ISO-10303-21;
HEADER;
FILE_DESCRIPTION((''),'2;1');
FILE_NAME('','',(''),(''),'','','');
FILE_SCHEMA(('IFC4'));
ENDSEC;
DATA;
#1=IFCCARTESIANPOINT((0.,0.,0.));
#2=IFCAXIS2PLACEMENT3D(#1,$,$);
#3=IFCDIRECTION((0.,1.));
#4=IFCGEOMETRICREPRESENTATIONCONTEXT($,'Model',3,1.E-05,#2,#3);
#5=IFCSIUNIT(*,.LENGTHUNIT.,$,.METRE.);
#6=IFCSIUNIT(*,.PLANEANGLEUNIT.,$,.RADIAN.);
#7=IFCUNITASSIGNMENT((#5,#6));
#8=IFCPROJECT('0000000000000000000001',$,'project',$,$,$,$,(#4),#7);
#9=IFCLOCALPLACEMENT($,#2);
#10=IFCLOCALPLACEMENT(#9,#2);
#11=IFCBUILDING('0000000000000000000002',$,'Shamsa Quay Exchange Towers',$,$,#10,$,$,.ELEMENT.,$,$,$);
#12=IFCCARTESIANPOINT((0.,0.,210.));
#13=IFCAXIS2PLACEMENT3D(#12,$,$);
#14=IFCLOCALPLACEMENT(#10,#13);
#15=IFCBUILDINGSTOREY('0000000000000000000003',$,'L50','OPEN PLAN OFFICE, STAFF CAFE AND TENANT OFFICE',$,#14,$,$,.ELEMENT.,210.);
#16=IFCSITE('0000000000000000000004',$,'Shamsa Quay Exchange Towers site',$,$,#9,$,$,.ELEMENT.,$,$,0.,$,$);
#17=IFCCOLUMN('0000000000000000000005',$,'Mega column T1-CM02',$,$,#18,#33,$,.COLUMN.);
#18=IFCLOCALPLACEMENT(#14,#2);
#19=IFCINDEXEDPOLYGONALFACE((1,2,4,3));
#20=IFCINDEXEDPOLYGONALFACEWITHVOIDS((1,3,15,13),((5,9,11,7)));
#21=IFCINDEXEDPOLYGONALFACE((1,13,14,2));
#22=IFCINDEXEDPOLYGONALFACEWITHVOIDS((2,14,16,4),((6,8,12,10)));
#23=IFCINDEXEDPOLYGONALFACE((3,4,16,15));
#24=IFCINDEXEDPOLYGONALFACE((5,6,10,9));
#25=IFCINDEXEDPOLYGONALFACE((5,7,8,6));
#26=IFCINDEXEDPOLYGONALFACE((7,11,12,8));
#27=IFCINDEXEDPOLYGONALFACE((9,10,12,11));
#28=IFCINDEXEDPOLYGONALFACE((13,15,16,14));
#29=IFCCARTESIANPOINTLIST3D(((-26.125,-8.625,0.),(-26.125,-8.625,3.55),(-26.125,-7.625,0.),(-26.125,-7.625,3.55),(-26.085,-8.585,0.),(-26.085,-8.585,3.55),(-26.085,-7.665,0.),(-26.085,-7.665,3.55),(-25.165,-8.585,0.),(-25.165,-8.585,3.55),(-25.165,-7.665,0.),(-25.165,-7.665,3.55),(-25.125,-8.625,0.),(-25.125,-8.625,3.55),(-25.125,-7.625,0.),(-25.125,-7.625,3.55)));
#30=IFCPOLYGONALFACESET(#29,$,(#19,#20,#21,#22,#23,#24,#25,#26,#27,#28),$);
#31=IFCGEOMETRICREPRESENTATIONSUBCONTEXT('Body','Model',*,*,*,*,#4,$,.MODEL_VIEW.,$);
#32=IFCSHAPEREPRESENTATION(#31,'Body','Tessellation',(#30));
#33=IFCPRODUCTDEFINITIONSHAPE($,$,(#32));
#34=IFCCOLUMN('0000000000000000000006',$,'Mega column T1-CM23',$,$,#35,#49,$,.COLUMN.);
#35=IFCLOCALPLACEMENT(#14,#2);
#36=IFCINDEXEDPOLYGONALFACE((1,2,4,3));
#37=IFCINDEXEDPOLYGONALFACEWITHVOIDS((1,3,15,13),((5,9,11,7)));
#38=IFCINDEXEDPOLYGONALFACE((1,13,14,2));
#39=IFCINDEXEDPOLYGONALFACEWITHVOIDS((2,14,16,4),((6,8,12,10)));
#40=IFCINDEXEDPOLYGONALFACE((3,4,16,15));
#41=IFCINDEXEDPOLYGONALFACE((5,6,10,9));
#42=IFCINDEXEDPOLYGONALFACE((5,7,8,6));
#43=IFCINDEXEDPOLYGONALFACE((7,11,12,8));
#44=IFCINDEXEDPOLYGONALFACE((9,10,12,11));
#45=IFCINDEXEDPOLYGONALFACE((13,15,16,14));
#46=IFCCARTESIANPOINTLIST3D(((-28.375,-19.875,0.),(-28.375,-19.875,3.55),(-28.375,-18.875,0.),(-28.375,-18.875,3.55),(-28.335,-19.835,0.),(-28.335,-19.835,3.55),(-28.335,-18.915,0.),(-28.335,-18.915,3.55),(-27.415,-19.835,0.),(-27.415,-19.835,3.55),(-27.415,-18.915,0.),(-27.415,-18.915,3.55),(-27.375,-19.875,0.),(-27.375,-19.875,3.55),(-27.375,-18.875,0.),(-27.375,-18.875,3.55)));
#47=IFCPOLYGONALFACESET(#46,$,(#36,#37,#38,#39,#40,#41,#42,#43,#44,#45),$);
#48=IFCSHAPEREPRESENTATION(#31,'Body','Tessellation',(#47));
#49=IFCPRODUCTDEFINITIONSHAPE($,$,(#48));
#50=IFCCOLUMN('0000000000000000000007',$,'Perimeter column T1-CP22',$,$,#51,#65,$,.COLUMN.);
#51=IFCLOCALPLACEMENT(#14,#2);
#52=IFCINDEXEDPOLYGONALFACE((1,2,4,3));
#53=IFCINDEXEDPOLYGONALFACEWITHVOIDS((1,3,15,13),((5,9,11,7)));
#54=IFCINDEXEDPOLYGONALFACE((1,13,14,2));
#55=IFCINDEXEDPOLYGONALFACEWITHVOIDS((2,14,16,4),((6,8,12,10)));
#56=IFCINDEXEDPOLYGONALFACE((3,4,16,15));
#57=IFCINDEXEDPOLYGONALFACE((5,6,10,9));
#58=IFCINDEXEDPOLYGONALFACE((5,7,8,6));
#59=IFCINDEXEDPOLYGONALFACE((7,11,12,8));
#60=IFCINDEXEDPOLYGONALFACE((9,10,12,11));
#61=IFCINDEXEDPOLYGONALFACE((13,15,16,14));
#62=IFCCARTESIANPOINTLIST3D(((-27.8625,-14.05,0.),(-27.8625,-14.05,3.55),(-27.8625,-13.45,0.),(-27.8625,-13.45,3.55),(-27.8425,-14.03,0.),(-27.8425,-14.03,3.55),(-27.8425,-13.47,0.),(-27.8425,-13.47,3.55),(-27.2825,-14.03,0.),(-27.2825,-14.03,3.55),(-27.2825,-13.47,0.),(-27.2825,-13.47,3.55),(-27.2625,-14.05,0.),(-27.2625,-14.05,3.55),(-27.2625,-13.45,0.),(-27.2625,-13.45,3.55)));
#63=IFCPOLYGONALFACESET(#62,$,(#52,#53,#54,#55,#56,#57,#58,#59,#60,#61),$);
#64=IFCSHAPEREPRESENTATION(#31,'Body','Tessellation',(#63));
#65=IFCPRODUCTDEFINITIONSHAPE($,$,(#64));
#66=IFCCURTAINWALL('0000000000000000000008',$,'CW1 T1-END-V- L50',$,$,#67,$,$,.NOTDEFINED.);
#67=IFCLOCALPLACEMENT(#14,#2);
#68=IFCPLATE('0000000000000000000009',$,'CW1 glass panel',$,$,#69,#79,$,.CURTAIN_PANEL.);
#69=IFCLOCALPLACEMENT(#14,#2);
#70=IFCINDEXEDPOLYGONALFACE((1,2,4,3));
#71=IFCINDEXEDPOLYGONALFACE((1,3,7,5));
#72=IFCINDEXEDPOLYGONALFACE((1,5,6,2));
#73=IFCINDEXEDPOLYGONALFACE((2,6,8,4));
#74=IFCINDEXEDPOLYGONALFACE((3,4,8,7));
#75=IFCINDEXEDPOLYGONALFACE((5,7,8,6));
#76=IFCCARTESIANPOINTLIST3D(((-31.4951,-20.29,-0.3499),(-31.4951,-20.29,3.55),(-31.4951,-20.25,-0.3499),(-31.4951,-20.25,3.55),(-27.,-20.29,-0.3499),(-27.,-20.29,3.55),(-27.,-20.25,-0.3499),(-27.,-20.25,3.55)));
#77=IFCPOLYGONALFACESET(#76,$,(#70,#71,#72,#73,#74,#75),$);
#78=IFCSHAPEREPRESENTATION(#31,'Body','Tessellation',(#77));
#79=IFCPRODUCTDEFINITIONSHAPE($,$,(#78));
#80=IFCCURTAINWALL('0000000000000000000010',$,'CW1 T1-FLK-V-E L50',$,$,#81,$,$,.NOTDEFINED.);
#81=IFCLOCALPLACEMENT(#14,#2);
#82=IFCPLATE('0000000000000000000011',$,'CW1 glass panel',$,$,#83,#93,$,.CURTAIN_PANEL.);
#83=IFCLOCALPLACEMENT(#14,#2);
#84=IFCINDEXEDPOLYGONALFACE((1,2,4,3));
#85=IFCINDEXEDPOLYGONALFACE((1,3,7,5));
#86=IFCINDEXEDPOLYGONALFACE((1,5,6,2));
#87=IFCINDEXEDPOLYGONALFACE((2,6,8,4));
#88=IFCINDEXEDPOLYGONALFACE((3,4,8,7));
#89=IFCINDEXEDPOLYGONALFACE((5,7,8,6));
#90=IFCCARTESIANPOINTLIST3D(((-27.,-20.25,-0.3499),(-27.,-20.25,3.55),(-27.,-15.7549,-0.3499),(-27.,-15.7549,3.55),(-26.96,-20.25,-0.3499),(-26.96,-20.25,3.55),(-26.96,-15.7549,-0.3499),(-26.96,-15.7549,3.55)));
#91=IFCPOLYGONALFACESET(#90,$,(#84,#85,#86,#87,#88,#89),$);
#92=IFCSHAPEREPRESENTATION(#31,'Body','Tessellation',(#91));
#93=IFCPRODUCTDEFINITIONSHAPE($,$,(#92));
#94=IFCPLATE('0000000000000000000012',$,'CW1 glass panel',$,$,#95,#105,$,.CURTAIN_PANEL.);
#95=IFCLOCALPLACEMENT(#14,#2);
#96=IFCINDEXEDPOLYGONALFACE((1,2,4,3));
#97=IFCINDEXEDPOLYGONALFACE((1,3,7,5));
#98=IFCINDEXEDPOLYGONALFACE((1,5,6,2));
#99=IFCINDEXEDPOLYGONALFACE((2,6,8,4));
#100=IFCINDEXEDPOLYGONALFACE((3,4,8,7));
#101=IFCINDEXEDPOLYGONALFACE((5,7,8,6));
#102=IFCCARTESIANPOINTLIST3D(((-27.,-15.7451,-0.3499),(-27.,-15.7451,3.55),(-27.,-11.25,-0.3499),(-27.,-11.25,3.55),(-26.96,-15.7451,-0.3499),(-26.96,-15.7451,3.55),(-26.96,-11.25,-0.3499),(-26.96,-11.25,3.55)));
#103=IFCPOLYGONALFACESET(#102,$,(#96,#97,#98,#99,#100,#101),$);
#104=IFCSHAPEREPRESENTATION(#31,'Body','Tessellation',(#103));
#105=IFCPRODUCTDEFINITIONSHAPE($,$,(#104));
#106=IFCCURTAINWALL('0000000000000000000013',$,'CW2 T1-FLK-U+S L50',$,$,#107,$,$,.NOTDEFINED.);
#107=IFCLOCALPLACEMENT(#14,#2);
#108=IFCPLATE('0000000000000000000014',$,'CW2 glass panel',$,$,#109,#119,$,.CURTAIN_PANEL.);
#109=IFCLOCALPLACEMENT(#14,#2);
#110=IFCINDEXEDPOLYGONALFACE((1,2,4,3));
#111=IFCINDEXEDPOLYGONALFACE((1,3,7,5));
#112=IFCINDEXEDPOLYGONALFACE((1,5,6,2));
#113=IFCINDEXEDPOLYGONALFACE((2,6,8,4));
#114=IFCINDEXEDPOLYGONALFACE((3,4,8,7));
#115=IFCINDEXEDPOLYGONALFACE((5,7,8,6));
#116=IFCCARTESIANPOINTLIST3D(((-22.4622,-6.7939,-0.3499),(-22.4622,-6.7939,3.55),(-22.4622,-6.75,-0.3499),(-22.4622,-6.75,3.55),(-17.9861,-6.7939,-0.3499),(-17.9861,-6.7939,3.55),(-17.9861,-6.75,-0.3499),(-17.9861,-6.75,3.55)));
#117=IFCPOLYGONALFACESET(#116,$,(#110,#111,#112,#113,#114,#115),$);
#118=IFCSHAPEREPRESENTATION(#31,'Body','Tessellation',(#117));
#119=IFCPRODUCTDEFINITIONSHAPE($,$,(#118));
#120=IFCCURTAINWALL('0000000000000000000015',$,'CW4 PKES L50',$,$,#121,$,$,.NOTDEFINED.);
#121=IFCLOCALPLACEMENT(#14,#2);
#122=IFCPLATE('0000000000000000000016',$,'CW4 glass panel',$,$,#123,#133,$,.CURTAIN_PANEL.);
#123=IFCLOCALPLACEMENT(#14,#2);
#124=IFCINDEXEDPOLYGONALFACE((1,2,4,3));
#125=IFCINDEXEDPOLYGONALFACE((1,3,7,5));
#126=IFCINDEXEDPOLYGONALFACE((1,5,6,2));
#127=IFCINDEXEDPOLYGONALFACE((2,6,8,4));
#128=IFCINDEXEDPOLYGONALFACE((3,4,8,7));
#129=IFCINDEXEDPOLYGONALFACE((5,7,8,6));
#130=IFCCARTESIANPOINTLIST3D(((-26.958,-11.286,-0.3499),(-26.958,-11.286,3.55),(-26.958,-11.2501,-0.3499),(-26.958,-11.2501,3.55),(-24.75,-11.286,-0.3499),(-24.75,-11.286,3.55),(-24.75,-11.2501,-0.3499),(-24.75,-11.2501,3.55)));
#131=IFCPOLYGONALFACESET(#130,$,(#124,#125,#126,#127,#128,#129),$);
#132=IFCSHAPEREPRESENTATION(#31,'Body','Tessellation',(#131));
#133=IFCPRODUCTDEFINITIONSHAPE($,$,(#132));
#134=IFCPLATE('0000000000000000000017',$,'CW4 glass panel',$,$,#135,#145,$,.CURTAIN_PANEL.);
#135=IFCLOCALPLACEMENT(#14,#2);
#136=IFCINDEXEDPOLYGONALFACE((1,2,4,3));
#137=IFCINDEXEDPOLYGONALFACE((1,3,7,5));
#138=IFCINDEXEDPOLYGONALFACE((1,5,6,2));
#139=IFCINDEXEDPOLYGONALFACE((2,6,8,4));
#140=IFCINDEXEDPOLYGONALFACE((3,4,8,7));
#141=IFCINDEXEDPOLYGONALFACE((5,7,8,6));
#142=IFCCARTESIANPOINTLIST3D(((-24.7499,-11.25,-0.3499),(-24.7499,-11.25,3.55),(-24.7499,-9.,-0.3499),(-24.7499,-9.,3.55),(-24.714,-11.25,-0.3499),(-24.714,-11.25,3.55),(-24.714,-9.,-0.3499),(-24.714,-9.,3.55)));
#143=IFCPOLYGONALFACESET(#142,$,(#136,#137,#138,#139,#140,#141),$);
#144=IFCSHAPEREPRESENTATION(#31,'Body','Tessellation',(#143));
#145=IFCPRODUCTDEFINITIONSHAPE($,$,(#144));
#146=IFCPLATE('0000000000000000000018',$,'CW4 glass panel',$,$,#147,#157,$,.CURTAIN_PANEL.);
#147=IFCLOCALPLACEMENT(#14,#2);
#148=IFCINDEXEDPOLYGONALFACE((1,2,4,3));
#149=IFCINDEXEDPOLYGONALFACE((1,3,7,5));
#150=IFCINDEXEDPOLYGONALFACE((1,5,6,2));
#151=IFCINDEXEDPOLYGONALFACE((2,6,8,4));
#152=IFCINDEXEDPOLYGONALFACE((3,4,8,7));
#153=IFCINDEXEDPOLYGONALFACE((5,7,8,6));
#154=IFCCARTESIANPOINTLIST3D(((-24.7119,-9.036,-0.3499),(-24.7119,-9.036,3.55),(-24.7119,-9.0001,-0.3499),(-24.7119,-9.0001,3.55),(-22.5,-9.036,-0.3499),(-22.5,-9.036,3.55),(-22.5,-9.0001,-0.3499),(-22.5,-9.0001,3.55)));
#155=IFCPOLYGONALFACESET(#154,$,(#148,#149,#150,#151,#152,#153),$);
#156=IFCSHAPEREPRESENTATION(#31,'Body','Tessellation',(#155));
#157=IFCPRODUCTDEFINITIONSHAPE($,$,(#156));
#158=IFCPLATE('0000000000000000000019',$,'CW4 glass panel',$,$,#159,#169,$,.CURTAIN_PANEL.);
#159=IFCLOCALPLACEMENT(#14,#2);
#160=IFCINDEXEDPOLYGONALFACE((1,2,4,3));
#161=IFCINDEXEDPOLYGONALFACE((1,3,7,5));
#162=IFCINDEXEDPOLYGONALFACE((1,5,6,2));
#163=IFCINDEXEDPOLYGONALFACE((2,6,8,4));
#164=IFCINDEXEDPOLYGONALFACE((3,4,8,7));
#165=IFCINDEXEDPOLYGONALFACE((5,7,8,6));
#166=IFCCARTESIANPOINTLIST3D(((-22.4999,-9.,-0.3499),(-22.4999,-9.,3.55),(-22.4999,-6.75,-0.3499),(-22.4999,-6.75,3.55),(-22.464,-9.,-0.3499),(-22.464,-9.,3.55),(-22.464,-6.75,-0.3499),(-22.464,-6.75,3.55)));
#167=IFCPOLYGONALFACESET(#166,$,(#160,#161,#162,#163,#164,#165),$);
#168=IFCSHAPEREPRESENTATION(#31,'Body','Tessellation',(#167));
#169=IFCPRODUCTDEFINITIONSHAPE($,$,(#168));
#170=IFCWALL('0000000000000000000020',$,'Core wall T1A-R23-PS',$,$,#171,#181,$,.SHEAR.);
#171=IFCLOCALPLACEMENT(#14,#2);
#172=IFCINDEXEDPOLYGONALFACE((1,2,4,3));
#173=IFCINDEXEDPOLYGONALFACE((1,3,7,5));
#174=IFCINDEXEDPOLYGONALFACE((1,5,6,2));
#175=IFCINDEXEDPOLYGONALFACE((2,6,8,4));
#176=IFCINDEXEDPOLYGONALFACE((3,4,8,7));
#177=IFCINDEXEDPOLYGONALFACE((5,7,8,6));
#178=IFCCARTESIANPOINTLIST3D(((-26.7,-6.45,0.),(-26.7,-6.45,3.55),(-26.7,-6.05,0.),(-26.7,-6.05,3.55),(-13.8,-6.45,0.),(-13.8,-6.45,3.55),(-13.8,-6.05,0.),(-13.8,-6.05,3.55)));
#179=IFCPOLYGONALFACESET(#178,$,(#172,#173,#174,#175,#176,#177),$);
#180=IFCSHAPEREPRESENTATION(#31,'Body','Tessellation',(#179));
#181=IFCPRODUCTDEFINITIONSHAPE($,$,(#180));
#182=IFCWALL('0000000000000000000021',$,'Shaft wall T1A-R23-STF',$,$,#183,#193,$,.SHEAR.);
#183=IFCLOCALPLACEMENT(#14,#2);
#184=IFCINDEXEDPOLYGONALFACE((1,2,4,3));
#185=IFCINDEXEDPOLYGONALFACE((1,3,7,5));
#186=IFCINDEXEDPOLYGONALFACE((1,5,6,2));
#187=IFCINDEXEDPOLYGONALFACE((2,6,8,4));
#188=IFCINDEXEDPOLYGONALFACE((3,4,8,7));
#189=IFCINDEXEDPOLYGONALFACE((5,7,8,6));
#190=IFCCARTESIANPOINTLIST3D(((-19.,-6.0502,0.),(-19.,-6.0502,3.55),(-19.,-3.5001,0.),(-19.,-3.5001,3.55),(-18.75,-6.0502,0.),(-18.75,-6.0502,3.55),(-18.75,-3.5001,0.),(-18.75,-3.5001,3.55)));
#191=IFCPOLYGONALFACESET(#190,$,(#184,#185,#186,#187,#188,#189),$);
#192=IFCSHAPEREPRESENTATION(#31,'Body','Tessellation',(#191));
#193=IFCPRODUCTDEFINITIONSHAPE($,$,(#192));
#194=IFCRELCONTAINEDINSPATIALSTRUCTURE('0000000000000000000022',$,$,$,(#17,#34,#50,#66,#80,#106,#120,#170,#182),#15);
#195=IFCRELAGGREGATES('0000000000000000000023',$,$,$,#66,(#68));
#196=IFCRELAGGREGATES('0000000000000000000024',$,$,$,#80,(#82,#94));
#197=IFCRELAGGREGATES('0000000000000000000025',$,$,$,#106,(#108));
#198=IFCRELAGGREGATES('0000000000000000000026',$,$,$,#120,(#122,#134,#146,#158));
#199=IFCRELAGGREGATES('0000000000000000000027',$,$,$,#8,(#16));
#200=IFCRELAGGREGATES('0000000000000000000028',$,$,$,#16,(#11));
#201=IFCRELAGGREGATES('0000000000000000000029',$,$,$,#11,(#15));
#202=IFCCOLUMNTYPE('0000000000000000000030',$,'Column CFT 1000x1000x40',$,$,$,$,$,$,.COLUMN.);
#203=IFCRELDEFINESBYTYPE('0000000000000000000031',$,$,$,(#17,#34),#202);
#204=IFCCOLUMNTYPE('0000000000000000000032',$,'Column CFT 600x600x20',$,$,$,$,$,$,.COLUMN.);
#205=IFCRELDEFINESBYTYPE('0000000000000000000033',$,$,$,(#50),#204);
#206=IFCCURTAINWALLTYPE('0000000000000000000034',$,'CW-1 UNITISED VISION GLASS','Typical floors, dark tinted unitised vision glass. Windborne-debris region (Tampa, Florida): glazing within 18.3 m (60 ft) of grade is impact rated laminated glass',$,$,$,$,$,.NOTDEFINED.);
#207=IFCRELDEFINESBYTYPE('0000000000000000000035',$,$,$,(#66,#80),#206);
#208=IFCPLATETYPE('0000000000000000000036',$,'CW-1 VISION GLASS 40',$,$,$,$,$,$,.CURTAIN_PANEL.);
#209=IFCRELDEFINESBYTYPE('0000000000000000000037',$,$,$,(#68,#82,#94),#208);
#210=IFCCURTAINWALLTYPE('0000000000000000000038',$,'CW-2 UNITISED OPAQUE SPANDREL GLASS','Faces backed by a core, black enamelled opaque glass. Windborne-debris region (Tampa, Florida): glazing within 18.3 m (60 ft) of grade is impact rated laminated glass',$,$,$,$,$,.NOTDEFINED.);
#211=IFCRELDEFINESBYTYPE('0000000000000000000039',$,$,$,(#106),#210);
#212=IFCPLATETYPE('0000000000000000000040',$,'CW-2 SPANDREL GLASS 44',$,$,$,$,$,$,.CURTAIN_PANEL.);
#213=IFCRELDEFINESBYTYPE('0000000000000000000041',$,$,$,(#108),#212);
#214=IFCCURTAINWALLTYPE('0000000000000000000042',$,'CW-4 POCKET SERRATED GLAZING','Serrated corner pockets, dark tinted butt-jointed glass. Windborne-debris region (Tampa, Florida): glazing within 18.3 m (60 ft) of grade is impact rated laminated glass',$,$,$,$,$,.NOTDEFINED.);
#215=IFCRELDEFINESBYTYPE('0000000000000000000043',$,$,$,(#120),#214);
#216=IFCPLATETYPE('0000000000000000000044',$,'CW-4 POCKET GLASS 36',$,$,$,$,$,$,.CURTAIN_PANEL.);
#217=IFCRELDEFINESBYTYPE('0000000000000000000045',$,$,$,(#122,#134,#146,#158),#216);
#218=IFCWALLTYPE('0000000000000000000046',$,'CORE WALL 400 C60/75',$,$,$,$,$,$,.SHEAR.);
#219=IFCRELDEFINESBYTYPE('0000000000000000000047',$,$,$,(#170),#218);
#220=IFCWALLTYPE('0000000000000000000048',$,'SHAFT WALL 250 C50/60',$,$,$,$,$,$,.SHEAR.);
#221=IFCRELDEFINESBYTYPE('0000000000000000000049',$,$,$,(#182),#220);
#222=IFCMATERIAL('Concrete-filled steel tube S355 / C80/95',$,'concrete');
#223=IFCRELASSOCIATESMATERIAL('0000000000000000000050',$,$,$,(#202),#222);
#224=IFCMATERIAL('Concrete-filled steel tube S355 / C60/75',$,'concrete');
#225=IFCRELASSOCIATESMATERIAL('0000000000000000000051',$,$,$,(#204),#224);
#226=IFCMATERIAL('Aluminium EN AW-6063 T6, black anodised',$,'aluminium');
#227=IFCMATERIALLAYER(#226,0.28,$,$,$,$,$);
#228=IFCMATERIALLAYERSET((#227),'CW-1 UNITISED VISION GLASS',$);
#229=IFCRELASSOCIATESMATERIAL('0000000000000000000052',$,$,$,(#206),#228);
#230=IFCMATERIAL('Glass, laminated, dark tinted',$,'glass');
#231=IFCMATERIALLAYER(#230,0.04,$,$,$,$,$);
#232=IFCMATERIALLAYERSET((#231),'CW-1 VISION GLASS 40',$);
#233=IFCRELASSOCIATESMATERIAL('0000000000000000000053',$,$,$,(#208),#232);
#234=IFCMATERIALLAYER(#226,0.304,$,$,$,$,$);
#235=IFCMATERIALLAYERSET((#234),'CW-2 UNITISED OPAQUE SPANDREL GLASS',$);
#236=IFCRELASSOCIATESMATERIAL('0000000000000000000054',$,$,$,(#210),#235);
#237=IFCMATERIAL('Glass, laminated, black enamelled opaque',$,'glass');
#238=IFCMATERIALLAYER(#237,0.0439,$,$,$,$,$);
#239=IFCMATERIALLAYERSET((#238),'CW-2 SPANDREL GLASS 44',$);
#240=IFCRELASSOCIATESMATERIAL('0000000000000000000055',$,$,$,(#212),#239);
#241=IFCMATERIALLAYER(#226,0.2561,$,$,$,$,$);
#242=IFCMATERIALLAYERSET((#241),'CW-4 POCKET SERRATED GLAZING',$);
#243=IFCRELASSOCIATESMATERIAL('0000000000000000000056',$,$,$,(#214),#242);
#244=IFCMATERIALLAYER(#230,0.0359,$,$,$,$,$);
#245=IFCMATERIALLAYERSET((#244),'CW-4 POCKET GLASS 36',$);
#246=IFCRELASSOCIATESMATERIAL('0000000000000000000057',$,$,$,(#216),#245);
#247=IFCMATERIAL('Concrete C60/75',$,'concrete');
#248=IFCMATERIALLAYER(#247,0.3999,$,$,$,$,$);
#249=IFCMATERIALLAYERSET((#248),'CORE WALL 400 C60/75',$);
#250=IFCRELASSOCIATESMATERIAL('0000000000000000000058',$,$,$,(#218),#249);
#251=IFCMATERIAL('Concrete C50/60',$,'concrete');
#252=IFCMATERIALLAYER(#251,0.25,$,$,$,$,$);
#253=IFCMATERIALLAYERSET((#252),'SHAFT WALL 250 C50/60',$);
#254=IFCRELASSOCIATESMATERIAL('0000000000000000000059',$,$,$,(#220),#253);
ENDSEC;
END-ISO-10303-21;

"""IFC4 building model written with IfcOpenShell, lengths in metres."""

from ifc_helpers import new_model, si_unit, direction, frame, frame_2d, origin, origin_2d, place, context, subcontext, project, spatial, rectangle, hollow_rectangle, extrude, material, layer, layer_set, material_profile, profile_set, type_object, element, aggregate, save


model = new_model("IFC4")

# Units and contexts
model_context = context("Model", 3, precision=1e-05, world=origin(), true_north=direction((0.0, 1.0)))
body_context = subcontext(model_context, "Body", "Model", "MODEL_VIEW")
ifc_project = project(units=[si_unit("LENGTHUNIT", "METRE"), si_unit("PLANEANGLEUNIT", "RADIAN")], contexts=[model_context])

# Site, building, storey
site_placement = place(None, origin())
site = spatial("IfcSite", under=ifc_project, at=site_placement, Name="Shamsa Quay Exchange Towers site", CompositionType="ELEMENT", RefElevation=0.0)
building_placement = place(site_placement, origin())
building = spatial("IfcBuilding", under=site, at=building_placement, Name="Shamsa Quay Exchange Towers", CompositionType="ELEMENT")
storey_placement = place(building_placement, frame((0.0, 0.0, 210.0)))
storey = spatial("IfcBuildingStorey", under=building, at=storey_placement, Name="L50", Description="OPEN PLAN OFFICE, STAFF CAFE AND TENANT OFFICE", CompositionType="ELEMENT", Elevation=210.0)

# Columns
ifc_material_1 = material(Name="Concrete-filled steel tube S355 / C80/95", Category="concrete")
ifc_material_profile_1 = material_profile(ifc_material_1, hollow_rectangle(XDim=1.0, YDim=1.0, WallThickness=0.04, at=origin_2d()), Name="CFT 1000x1000x40")
ifc_profile_set_1 = profile_set([ifc_material_profile_1], Name="Concrete-filled steel tube S355 / C80/95")
column_type_1 = type_object("IfcColumnType", Name="Column CFT 1000x1000x40", PredefinedType="COLUMN", material=ifc_profile_set_1)
for number, where, name in (
    (1, (-25.625, -8.125, 0.0), "Mega column T1-CM02"),
    (2, (-27.875, -19.375, 0.0), "Mega column T1-CM23"),
):
    element("IfcColumn", number, at=place(storey_placement, frame(where)), inside=storey, type_object=column_type_1, Name=name, PredefinedType="COLUMN", context=body_context, shape_type="SweptSolid", body=[
        extrude(hollow_rectangle(XDim=1.0, YDim=1.0, WallThickness=0.04, at=origin_2d()), origin(), (0.0, 0.0, 1.0), 3.55),
    ])
ifc_material_2 = material(Name="Concrete-filled steel tube S355 / C60/75", Category="concrete")
ifc_material_profile_2 = material_profile(ifc_material_2, hollow_rectangle(XDim=0.6001, YDim=0.6001, WallThickness=0.02, at=origin_2d()), Name="CFT 600x600x20")
ifc_profile_set_2 = profile_set([ifc_material_profile_2], Name="Concrete-filled steel tube S355 / C60/75")
column_type_2 = type_object("IfcColumnType", Name="Column CFT 600x600x20", PredefinedType="COLUMN", material=ifc_profile_set_2)
column_placement = place(storey_placement, frame((-27.5625, -13.75, 0.0)))
element("IfcColumn", 3, at=column_placement, inside=storey, type_object=column_type_2, Name="Perimeter column T1-CP22", PredefinedType="COLUMN", context=body_context, shape_type="SweptSolid", body=[
    extrude(hollow_rectangle(XDim=0.6001, YDim=0.6001, WallThickness=0.02, at=origin_2d()), origin(), (0.0, 0.0, 1.0), 3.55),
])

# Curtain wall, plate
ifc_material_3 = material(Name="Aluminium EN AW-6063 T6, black anodised", Category="aluminium")
ifc_layer_1 = layer(ifc_material_3, 0.28)
ifc_layer_set_1 = layer_set([ifc_layer_1], Name="CW-1 UNITISED VISION GLASS")
curtain_wall_type_1 = type_object("IfcCurtainWallType", Name="CW-1 UNITISED VISION GLASS", Description="Typical floors, dark tinted unitised vision glass. Windborne-debris region (Tampa, Florida): glazing within 18.3 m (60 ft) of grade is impact rated laminated glass", PredefinedType="NOTDEFINED", material=ifc_layer_set_1)
curtain_wall_1_placement = place(storey_placement, origin())
curtain_wall_1 = element("IfcCurtainWall", 4, at=curtain_wall_1_placement, inside=storey, type_object=curtain_wall_type_1, Name="CW1 T1-END-V- L50", PredefinedType="NOTDEFINED")
ifc_material_4 = material(Name="Glass, laminated, dark tinted", Category="glass")
ifc_layer_2 = layer(ifc_material_4, 0.04)
ifc_layer_set_2 = layer_set([ifc_layer_2], Name="CW-1 VISION GLASS 40")
plate_type_1 = type_object("IfcPlateType", Name="CW-1 VISION GLASS 40", PredefinedType="CURTAIN_PANEL", material=ifc_layer_set_2)
plate_1_placement = place(storey_placement, frame((-29.2476, -20.27, -0.3499)))
plate_1 = element("IfcPlate", 5, at=plate_1_placement, type_object=plate_type_1, Name="CW1 glass panel", PredefinedType="CURTAIN_PANEL", context=body_context, shape_type="SweptSolid", body=[
    extrude(rectangle(XDim=4.4951, YDim=0.04, at=origin_2d()), origin(), (0.0, 0.0, 1.0), 3.8999),
])
aggregate(curtain_wall_1, [plate_1])

# Curtain wall, plates
curtain_wall_2_placement = place(storey_placement, origin())
curtain_wall_2 = element("IfcCurtainWall", 6, at=curtain_wall_2_placement, inside=storey, type_object=curtain_wall_type_1, Name="CW1 T1-FLK-V-E L50", PredefinedType="NOTDEFINED")
plate_2_placement = place(storey_placement, frame((-26.98, -18.0024, -0.3499), z_axis=(0.0, 0.0, 1.0), x_axis=(0.0, 1.0, 0.0)))
plate_2 = element("IfcPlate", 7, at=plate_2_placement, type_object=plate_type_1, Name="CW1 glass panel", PredefinedType="CURTAIN_PANEL", context=body_context, shape_type="SweptSolid", body=[
    extrude(rectangle(XDim=4.4951, YDim=0.04, at=origin_2d()), origin(), (0.0, 0.0, 1.0), 3.8999),
])
plate_3_placement = place(storey_placement, frame((-26.98, -13.4976, -0.3499), z_axis=(0.0, 0.0, 1.0), x_axis=(0.0, 1.0, 0.0)))
plate_3 = element("IfcPlate", 8, at=plate_3_placement, type_object=plate_type_1, Name="CW1 glass panel", PredefinedType="CURTAIN_PANEL", context=body_context, shape_type="SweptSolid", body=[
    extrude(rectangle(XDim=4.4951, YDim=0.04, at=origin_2d()), origin(), (0.0, 0.0, 1.0), 3.8999),
])
aggregate(curtain_wall_2, [plate_2, plate_3])

# Curtain wall, plate
ifc_layer_3 = layer(ifc_material_3, 0.304)
ifc_layer_set_3 = layer_set([ifc_layer_3], Name="CW-2 UNITISED OPAQUE SPANDREL GLASS")
curtain_wall_type_2 = type_object("IfcCurtainWallType", Name="CW-2 UNITISED OPAQUE SPANDREL GLASS", Description="Faces backed by a core, black enamelled opaque glass. Windborne-debris region (Tampa, Florida): glazing within 18.3 m (60 ft) of grade is impact rated laminated glass", PredefinedType="NOTDEFINED", material=ifc_layer_set_3)
curtain_wall_3_placement = place(storey_placement, origin())
curtain_wall_3 = element("IfcCurtainWall", 9, at=curtain_wall_3_placement, inside=storey, type_object=curtain_wall_type_2, Name="CW2 T1-FLK-U+S L50", PredefinedType="NOTDEFINED")
ifc_material_5 = material(Name="Glass, laminated, black enamelled opaque", Category="glass")
ifc_layer_4 = layer(ifc_material_5, 0.0439)
ifc_layer_set_4 = layer_set([ifc_layer_4], Name="CW-2 SPANDREL GLASS 44")
plate_type_2 = type_object("IfcPlateType", Name="CW-2 SPANDREL GLASS 44", PredefinedType="CURTAIN_PANEL", material=ifc_layer_set_4)
plate_4_placement = place(storey_placement, frame((-20.2241, -6.772, -0.3499)))
plate_4 = element("IfcPlate", 10, at=plate_4_placement, type_object=plate_type_2, Name="CW2 glass panel", PredefinedType="CURTAIN_PANEL", context=body_context, shape_type="SweptSolid", body=[
    extrude(rectangle(XDim=4.4761, YDim=0.0439, at=origin_2d()), origin(), (0.0, 0.0, 1.0), 3.8999),
])
aggregate(curtain_wall_3, [plate_4])

# Curtain wall, plates
ifc_layer_5 = layer(ifc_material_3, 0.2561)
ifc_layer_set_5 = layer_set([ifc_layer_5], Name="CW-4 POCKET SERRATED GLAZING")
curtain_wall_type_3 = type_object("IfcCurtainWallType", Name="CW-4 POCKET SERRATED GLAZING", Description="Serrated corner pockets, dark tinted butt-jointed glass. Windborne-debris region (Tampa, Florida): glazing within 18.3 m (60 ft) of grade is impact rated laminated glass", PredefinedType="NOTDEFINED", material=ifc_layer_set_5)
curtain_wall_4_placement = place(storey_placement, origin())
curtain_wall_4 = element("IfcCurtainWall", 11, at=curtain_wall_4_placement, inside=storey, type_object=curtain_wall_type_3, Name="CW4 PKES L50", PredefinedType="NOTDEFINED")
ifc_layer_6 = layer(ifc_material_4, 0.0359)
ifc_layer_set_6 = layer_set([ifc_layer_6], Name="CW-4 POCKET GLASS 36")
plate_type_3 = type_object("IfcPlateType", Name="CW-4 POCKET GLASS 36", PredefinedType="CURTAIN_PANEL", material=ifc_layer_set_6)
plate_5_placement = place(storey_placement, frame((-25.854, -11.2681, -0.3499)))
plate_5 = element("IfcPlate", 12, at=plate_5_placement, type_object=plate_type_3, Name="CW4 glass panel", PredefinedType="CURTAIN_PANEL", context=body_context, shape_type="SweptSolid", body=[
    extrude(rectangle(XDim=2.208, YDim=0.0359, at=origin_2d()), origin(), (0.0, 0.0, 1.0), 3.8999),
])
plate_6_placement = place(storey_placement, frame((-24.7319, -10.125, -0.3499), z_axis=(0.0, 0.0, 1.0), x_axis=(0.0, 1.0, 0.0)))
plate_6 = element("IfcPlate", 13, at=plate_6_placement, type_object=plate_type_3, Name="CW4 glass panel", PredefinedType="CURTAIN_PANEL", context=body_context, shape_type="SweptSolid", body=[
    extrude(rectangle(XDim=2.25, YDim=0.0359, at=origin_2d()), origin(), (0.0, 0.0, 1.0), 3.8999),
])
plate_7_placement = place(storey_placement, frame((-23.606, -9.0181, -0.3499)))
plate_7 = element("IfcPlate", 14, at=plate_7_placement, type_object=plate_type_3, Name="CW4 glass panel", PredefinedType="CURTAIN_PANEL", context=body_context, shape_type="SweptSolid", body=[
    extrude(rectangle(XDim=2.2119, YDim=0.0359, at=origin_2d()), origin(), (0.0, 0.0, 1.0), 3.8999),
])
plate_8_placement = place(storey_placement, frame((-22.4819, -7.875, -0.3499), z_axis=(0.0, 0.0, 1.0), x_axis=(0.0, 1.0, 0.0)))
plate_8 = element("IfcPlate", 15, at=plate_8_placement, type_object=plate_type_3, Name="CW4 glass panel", PredefinedType="CURTAIN_PANEL", context=body_context, shape_type="SweptSolid", body=[
    extrude(rectangle(XDim=2.25, YDim=0.0359, at=origin_2d()), origin(), (0.0, 0.0, 1.0), 3.8999),
])
aggregate(curtain_wall_4, [plate_5, plate_6, plate_7, plate_8])

# Walls
ifc_material_6 = material(Name="Concrete C60/75", Category="concrete")
ifc_layer_7 = layer(ifc_material_6, 0.3999)
ifc_layer_set_7 = layer_set([ifc_layer_7], Name="CORE WALL 400 C60/75")
wall_type_1 = type_object("IfcWallType", Name="CORE WALL 400 C60/75", PredefinedType="SHEAR", material=ifc_layer_set_7)
wall_1_placement = place(storey_placement, frame((-26.7, -6.25, 0.0)))
element("IfcWall", 16, at=wall_1_placement, inside=storey, type_object=wall_type_1, Name="Core wall T1A-R23-PS", PredefinedType="SHEAR", context=body_context, shape_type="SweptSolid", body=[
    extrude(rectangle(XDim=12.8999, YDim=0.3999, at=frame_2d((6.45, 0.0))), origin(), (0.0, 0.0, 1.0), 3.55),
])
ifc_material_7 = material(Name="Concrete C50/60", Category="concrete")
ifc_layer_8 = layer(ifc_material_7, 0.25)
ifc_layer_set_8 = layer_set([ifc_layer_8], Name="SHAFT WALL 250 C50/60")
wall_type_2 = type_object("IfcWallType", Name="SHAFT WALL 250 C50/60", PredefinedType="SHEAR", material=ifc_layer_set_8)
wall_2_placement = place(storey_placement, frame((-18.875, -6.05, 0.0), z_axis=(0.0, 0.0, 1.0), x_axis=(0.0, 1.0, 0.0)))
element("IfcWall", 17, at=wall_2_placement, inside=storey, type_object=wall_type_2, Name="Shaft wall T1A-R23-STF", PredefinedType="SHEAR", context=body_context, shape_type="SweptSolid", body=[
    extrude(rectangle(XDim=2.55, YDim=0.25, at=frame_2d((1.2749, 0.0))), origin(), (0.0, 0.0, 1.0), 3.55),
])

save(model, "model.ifc")
